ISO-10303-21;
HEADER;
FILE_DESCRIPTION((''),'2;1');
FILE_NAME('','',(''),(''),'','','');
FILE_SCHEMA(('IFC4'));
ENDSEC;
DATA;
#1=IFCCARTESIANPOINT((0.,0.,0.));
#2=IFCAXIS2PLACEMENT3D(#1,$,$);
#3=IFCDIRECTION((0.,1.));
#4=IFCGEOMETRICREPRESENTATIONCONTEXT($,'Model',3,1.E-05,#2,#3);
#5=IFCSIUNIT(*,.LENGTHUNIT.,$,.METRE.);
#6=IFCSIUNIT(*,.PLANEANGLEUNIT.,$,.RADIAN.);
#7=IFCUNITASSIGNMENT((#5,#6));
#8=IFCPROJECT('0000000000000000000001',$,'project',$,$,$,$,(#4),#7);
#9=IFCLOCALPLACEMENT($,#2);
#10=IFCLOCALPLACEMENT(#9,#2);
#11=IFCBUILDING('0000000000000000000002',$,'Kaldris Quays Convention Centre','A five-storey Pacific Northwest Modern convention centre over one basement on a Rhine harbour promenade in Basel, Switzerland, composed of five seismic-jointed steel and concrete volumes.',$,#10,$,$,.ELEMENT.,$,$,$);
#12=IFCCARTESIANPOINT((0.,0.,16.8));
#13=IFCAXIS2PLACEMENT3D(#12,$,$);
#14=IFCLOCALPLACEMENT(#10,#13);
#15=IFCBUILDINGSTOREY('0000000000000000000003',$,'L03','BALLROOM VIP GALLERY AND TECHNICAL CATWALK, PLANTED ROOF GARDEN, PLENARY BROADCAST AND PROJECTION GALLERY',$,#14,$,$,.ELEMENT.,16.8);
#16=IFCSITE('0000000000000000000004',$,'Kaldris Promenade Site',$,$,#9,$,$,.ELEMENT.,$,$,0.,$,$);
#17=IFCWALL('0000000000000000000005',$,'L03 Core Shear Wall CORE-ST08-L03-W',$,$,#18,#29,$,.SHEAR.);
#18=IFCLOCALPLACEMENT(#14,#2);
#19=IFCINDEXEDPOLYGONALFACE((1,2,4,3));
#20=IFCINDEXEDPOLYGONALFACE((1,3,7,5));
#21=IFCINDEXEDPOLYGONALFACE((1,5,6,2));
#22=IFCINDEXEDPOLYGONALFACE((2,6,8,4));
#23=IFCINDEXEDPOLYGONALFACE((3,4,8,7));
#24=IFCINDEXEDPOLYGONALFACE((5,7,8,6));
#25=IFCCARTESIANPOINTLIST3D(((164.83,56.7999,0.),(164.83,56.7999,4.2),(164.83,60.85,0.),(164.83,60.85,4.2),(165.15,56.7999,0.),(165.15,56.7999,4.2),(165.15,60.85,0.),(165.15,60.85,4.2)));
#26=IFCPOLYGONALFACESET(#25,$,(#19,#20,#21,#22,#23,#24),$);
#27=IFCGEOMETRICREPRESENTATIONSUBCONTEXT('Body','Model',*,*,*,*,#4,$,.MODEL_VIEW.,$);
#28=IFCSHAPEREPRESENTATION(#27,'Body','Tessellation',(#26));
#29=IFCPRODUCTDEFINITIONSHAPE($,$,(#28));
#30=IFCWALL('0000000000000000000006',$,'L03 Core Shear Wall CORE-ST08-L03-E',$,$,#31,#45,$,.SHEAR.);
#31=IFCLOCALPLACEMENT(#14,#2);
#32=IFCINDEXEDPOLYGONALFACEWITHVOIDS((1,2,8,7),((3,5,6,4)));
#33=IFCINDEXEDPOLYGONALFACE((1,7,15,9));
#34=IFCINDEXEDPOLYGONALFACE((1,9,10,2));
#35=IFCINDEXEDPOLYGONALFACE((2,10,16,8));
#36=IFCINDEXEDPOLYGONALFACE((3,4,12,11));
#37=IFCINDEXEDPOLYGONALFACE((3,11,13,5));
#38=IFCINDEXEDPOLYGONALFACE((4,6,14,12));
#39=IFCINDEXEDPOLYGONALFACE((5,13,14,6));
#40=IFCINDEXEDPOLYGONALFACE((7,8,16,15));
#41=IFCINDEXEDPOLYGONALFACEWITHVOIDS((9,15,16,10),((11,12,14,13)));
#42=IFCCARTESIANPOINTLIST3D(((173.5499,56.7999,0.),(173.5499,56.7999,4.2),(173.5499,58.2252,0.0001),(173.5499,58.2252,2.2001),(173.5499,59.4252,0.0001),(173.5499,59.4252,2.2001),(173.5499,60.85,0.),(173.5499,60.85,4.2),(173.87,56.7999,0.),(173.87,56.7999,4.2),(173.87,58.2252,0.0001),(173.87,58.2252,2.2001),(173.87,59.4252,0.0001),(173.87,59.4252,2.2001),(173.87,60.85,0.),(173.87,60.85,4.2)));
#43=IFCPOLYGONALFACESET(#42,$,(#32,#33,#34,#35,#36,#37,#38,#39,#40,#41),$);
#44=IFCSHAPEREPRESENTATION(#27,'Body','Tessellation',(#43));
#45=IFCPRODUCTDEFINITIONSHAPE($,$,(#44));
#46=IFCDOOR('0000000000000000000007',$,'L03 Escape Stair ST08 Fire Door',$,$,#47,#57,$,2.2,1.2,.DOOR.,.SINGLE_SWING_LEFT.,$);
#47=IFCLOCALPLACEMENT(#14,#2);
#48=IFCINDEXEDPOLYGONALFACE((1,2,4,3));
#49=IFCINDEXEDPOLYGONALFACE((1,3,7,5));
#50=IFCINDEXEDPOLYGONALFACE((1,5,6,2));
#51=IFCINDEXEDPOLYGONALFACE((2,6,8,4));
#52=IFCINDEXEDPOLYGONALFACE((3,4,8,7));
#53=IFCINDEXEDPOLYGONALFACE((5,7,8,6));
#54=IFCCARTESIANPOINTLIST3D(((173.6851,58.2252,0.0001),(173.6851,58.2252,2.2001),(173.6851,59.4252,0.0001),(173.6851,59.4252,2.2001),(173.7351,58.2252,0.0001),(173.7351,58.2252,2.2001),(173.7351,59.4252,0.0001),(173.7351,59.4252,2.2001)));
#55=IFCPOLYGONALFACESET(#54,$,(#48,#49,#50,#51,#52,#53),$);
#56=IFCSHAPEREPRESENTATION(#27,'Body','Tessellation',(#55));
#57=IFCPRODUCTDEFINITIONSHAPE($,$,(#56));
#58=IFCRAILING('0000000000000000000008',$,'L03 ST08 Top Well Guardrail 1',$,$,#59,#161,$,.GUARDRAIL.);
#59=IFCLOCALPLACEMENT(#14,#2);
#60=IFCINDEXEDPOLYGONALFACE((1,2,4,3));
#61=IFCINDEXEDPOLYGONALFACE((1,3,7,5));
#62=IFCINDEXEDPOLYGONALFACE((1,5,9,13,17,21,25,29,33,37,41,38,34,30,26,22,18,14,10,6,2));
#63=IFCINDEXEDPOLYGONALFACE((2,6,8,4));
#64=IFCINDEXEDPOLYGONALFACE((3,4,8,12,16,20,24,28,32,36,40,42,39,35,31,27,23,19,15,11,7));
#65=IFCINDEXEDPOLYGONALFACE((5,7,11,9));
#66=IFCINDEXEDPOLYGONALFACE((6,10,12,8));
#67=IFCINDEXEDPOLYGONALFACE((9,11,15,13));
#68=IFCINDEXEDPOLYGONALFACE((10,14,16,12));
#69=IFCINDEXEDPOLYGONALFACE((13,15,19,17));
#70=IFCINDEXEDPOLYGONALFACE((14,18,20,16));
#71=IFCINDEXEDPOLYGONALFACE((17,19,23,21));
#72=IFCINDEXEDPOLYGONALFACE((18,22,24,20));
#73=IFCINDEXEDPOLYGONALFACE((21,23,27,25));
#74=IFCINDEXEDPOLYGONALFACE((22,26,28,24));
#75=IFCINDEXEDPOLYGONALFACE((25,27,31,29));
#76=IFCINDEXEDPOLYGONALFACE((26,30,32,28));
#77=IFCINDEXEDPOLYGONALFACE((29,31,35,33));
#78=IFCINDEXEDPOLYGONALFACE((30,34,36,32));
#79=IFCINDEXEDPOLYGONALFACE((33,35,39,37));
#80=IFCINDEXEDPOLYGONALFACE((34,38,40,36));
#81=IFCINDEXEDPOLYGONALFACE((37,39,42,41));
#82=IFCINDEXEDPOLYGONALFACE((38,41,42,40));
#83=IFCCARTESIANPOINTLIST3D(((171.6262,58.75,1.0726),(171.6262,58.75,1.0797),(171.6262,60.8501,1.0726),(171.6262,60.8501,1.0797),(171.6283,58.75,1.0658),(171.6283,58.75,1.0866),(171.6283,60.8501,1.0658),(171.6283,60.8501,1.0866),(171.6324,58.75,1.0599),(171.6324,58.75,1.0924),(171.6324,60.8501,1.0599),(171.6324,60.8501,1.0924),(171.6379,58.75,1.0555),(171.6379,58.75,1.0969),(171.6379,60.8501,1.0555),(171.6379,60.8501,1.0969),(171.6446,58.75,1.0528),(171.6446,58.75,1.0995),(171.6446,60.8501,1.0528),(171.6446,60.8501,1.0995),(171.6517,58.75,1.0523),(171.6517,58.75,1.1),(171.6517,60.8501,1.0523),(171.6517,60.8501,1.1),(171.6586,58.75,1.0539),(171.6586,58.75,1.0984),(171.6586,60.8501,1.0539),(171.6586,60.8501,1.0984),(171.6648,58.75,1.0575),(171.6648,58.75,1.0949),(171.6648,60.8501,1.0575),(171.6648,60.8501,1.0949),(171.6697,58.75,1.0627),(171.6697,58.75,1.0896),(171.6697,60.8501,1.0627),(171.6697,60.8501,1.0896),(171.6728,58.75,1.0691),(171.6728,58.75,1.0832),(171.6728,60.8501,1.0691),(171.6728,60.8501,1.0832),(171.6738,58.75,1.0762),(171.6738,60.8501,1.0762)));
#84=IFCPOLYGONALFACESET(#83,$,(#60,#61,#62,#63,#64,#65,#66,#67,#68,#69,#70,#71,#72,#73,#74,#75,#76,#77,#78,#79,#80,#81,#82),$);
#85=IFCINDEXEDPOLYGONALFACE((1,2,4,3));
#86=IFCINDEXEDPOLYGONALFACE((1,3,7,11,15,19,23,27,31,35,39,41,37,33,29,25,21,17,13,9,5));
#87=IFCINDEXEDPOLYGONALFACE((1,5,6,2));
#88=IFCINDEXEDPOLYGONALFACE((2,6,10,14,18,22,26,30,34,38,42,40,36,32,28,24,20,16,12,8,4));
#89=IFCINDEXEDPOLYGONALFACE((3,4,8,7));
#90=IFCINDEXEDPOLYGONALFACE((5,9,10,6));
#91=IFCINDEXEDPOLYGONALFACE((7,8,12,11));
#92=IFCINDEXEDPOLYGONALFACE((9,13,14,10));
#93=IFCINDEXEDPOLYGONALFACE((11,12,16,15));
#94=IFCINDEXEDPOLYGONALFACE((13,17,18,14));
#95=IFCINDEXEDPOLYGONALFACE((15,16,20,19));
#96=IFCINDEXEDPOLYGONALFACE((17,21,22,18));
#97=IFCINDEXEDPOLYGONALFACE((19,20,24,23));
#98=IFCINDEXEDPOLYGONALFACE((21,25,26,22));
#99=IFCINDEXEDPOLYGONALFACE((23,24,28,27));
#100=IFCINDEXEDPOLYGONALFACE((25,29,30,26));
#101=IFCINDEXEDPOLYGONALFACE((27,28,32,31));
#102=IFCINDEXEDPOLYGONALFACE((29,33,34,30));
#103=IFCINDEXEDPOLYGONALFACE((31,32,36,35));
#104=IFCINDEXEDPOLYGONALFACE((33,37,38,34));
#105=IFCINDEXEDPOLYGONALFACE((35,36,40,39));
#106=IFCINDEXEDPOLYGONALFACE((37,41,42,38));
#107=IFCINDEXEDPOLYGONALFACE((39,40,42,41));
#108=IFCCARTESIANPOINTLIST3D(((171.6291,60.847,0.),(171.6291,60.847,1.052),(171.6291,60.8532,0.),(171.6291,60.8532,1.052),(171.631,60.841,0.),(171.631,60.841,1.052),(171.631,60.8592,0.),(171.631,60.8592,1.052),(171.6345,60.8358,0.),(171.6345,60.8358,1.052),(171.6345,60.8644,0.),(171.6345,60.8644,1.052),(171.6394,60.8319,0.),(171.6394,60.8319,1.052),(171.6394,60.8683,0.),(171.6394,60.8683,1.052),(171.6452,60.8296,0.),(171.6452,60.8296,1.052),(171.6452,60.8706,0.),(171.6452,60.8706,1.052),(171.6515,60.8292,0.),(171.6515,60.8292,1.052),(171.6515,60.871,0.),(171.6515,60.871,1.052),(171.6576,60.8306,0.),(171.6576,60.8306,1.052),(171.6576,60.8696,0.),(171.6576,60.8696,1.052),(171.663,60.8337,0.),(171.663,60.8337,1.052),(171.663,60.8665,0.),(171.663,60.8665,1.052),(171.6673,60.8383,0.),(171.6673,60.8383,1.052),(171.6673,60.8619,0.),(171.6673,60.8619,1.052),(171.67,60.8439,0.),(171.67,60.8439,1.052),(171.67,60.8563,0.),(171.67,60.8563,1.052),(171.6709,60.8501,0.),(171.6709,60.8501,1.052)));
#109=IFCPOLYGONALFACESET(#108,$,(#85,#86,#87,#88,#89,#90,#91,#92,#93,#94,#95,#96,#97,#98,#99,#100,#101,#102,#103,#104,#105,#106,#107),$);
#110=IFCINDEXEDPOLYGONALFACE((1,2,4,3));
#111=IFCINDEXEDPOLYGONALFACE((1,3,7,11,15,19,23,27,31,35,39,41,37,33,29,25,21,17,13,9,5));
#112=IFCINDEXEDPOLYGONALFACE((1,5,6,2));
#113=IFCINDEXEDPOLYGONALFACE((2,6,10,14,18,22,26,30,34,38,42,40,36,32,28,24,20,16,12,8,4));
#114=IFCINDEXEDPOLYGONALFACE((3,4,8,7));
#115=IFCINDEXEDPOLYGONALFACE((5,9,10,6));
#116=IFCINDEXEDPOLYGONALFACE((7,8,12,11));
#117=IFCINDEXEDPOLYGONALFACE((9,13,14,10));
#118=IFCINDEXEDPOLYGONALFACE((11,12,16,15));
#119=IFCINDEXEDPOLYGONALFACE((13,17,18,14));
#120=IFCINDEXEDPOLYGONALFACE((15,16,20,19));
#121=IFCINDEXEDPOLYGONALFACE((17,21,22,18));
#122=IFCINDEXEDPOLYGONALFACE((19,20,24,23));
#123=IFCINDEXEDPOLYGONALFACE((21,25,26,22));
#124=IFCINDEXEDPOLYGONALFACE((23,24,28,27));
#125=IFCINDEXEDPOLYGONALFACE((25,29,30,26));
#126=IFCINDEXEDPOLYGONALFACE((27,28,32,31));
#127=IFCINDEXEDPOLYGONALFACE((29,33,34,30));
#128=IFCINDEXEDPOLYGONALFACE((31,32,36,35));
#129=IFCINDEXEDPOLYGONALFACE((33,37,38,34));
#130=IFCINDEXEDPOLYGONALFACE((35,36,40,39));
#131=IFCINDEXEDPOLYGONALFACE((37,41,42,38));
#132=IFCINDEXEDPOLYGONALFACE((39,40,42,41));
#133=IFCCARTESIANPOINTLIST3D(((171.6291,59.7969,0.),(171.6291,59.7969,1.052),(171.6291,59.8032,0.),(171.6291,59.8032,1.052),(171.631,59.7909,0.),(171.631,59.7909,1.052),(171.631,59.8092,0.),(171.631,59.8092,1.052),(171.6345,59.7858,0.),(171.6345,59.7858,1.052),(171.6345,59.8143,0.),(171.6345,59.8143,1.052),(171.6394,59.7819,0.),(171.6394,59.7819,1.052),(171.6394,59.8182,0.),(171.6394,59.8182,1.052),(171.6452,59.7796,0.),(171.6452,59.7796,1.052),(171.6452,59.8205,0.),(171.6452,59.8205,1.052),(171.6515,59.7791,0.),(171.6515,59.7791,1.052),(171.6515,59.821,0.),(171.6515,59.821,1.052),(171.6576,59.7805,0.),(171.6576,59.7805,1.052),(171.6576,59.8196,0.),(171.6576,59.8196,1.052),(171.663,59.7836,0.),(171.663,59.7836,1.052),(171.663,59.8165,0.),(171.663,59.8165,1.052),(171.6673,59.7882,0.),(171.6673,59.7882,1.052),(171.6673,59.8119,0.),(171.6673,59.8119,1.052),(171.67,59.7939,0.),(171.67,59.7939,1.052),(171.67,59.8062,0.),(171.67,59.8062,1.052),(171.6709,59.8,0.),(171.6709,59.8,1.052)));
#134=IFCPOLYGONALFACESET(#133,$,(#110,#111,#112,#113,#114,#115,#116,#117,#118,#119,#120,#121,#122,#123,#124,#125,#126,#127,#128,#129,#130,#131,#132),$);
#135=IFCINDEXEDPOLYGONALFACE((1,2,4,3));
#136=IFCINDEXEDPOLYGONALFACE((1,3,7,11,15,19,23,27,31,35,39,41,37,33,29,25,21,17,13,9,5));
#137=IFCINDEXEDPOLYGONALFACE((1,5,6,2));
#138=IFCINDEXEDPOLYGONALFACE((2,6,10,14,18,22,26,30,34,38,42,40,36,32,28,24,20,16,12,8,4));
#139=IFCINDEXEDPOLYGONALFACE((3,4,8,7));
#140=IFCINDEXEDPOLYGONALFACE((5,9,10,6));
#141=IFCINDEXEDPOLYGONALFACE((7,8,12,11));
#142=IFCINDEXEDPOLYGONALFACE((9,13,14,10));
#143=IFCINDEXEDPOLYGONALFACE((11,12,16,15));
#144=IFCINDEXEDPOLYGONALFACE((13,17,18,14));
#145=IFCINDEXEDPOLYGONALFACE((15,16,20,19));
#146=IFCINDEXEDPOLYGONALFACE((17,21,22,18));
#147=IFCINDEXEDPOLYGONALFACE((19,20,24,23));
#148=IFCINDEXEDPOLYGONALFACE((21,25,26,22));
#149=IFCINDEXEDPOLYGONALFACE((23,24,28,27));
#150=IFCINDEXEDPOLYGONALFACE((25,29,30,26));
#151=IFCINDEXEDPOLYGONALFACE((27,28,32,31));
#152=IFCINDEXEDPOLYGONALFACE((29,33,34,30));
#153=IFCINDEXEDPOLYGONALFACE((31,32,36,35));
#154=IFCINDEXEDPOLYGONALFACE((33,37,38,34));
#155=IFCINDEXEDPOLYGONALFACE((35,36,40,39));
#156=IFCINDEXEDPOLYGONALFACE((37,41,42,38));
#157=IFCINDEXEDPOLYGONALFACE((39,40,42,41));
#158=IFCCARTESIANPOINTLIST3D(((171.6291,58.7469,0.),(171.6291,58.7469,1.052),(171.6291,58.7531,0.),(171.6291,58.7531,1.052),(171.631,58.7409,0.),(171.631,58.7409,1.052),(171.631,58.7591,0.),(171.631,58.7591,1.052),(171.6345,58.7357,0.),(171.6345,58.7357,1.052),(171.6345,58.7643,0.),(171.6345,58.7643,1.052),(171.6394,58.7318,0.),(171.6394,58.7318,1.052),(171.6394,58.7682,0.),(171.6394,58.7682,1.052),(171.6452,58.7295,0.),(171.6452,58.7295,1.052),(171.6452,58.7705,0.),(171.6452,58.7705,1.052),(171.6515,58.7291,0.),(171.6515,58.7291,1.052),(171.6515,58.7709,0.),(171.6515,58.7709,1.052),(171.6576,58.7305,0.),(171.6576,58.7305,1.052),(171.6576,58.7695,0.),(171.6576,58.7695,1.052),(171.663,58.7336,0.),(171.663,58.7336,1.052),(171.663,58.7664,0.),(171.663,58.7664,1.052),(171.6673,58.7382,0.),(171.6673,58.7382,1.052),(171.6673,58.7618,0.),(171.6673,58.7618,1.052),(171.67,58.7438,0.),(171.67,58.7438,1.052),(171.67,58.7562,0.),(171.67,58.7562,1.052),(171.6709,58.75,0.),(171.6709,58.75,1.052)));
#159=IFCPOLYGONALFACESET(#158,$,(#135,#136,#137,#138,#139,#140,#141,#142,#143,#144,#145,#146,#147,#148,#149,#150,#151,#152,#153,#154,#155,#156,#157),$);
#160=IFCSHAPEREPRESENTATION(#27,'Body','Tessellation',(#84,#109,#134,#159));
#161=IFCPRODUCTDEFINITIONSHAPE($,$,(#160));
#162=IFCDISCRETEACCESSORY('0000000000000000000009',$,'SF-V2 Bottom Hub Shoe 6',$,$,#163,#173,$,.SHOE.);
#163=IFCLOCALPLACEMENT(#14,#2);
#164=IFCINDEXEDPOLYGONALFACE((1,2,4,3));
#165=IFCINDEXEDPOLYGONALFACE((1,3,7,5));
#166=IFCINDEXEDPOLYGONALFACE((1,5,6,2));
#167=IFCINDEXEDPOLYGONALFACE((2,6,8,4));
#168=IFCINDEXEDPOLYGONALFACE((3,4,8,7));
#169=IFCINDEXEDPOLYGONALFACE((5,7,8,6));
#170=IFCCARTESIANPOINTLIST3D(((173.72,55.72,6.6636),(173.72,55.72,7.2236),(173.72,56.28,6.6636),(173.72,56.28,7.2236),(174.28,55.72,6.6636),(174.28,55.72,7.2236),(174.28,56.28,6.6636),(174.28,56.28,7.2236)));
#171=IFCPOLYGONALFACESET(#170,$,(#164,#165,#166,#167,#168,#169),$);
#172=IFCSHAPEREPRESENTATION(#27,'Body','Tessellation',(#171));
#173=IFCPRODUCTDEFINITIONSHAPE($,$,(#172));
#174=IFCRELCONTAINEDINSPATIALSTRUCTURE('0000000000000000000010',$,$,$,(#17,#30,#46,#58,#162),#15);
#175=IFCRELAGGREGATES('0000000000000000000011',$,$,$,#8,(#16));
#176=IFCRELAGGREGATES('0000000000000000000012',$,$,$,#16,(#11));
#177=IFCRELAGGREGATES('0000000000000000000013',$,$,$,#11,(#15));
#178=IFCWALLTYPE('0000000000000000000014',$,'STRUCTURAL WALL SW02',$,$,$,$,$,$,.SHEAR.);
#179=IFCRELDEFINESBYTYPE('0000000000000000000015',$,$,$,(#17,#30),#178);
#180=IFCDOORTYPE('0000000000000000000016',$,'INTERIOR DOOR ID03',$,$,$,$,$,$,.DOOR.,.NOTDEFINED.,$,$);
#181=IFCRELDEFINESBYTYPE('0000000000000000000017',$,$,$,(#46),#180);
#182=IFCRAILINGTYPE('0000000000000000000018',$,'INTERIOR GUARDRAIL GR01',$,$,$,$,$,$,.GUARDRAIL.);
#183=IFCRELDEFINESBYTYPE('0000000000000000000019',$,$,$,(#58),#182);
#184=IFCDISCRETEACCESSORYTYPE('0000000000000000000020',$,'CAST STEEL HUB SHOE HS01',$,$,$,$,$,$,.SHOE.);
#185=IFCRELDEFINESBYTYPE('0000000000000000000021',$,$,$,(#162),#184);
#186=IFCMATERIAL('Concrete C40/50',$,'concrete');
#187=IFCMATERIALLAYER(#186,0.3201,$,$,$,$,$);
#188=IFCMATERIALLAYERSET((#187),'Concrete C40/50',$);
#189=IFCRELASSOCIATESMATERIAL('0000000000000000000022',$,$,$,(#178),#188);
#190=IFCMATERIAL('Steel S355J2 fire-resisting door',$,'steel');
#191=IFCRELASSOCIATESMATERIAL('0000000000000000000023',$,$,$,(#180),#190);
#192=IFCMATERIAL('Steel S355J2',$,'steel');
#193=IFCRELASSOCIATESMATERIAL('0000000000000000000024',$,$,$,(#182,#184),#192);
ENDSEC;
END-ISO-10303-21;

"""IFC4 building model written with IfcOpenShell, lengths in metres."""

from ifc_helpers import new_model, si_unit, direction, frame, frame_2d, origin, origin_2d, place, context, subcontext, project, spatial, rectangle, circle, extrude, material, layer, layer_set, type_object, element, fill, save


model = new_model("IFC4")

# Units and contexts
model_context = context("Model", 3, precision=1e-05, world=origin(), true_north=direction((0.0, 1.0)))
body_context = subcontext(model_context, "Body", "Model", "MODEL_VIEW")
ifc_project = project(units=[si_unit("LENGTHUNIT", "METRE"), si_unit("PLANEANGLEUNIT", "RADIAN")], contexts=[model_context])

# Site, building, storey
site_placement = place(None, origin())
site = spatial("IfcSite", under=ifc_project, at=site_placement, Name="Kaldris Promenade Site", CompositionType="ELEMENT", RefElevation=0.0)
building_placement = place(site_placement, origin())
building = spatial("IfcBuilding", under=site, at=building_placement, Name="Kaldris Quays Convention Centre", Description="A five-storey Pacific Northwest Modern convention centre over one basement on a Rhine harbour promenade in Basel, Switzerland, composed of five seismic-jointed steel and concrete volumes.", CompositionType="ELEMENT")
storey_placement = place(building_placement, frame((0.0, 0.0, 16.8)))
storey = spatial("IfcBuildingStorey", under=building, at=storey_placement, Name="L03", Description="BALLROOM VIP GALLERY AND TECHNICAL CATWALK, PLANTED ROOF GARDEN, PLENARY BROADCAST AND PROJECTION GALLERY", CompositionType="ELEMENT", Elevation=16.8)

# Shared definitions
ifc_material_1 = material(Name="Steel S355J2", Category="steel")

# Wall
ifc_material_2 = material(Name="Concrete C40/50", Category="concrete")
ifc_layer = layer(ifc_material_2, 0.3201)
ifc_layer_set = layer_set([ifc_layer], Name="Concrete C40/50")
wall_type = type_object("IfcWallType", Name="STRUCTURAL WALL SW02", PredefinedType="SHEAR", material=ifc_layer_set)
wall_1_placement = place(storey_placement, frame((164.99, 56.8, 0.0), z_axis=(0.0, 0.0, 1.0), x_axis=(0.0, 1.0, 0.0)))
element("IfcWall", 1, at=wall_1_placement, inside=storey, type_object=wall_type, Name="L03 Core Shear Wall CORE-ST08-L03-W", PredefinedType="SHEAR", context=body_context, shape_type="SweptSolid", body=[
    extrude(rectangle(XDim=4.05, YDim=0.3201, at=frame_2d((2.0249, 0.0))), origin(), (0.0, 0.0, 1.0), 4.2),
])

# Wall, opening, door
wall_2_placement = place(storey_placement, frame((173.71, 56.8, 0.0), z_axis=(0.0, 0.0, 1.0), x_axis=(0.0, 1.0, 0.0)))
wall_2 = element("IfcWall", 2, at=wall_2_placement, inside=storey, type_object=wall_type, Name="L03 Core Shear Wall CORE-ST08-L03-E", PredefinedType="SHEAR", context=body_context, shape_type="SweptSolid", body=[
    extrude(rectangle(XDim=4.05, YDim=0.3201, at=frame_2d((2.0249, 0.0))), origin(), (0.0, 0.0, 1.0), 4.2),
])
opening_placement = place(wall_2_placement, frame((1.425, 0.0, 0.0)))
opening = element("IfcOpeningElement", 3, at=opening_placement, cuts=wall_2, PredefinedType="OPENING", context=body_context, shape_type="SweptSolid", body=[
    extrude(rectangle(XDim=1.2, YDim=2.2, at=frame_2d((0.6001, 1.1001))), frame((0.0, 0.1699, 0.0), z_axis=(0.0, -1.0, 0.0), x_axis=(1.0, 0.0, 0.0)), (0.0, 0.0, 1.0), 0.3401),
])
ifc_material_3 = material(Name="Steel S355J2 fire-resisting door", Category="steel")
door_type = type_object("IfcDoorType", Name="INTERIOR DOOR ID03", OperationType="NOTDEFINED", PredefinedType="DOOR", material=ifc_material_3)
door_placement = place(opening_placement, origin())
door = element("IfcDoor", 4, at=door_placement, inside=storey, type_object=door_type, Name="L03 Escape Stair ST08 Fire Door", OperationType="SINGLE_SWING_LEFT", OverallHeight=2.2, OverallWidth=1.2, PredefinedType="DOOR", context=body_context, shape_type="SweptSolid", body=[
    extrude(rectangle(XDim=1.2, YDim=2.2, at=frame_2d((0.6001, 1.1001))), frame((0.0, 0.0249, 0.0), z_axis=(0.0, -1.0, 0.0), x_axis=(1.0, 0.0, 0.0)), (0.0, 0.0, 1.0), 0.05),
])
fill(opening, door)

# Railing
railing_type = type_object("IfcRailingType", Name="INTERIOR GUARDRAIL GR01", PredefinedType="GUARDRAIL", material=ifc_material_1)
railing_placement = place(storey_placement, frame((171.6499, 60.8501, 0.0)))
element("IfcRailing", 5, at=railing_placement, inside=storey, type_object=railing_type, Name="L03 ST08 Top Well Guardrail 1", PredefinedType="GUARDRAIL", context=body_context, shape_type="SweptSolid", body=[
    extrude(circle(Radius=0.0239, at=origin_2d()), frame((0.0, 0.0, 1.0762), z_axis=(0.0, -1.0, 0.0), x_axis=(1.0, 0.0, 0.0)), (0.0, 0.0, 1.0), 2.1001),
    extrude(circle(Radius=0.021, at=origin_2d()), origin(), (0.0, 0.0, 1.0), 1.052),
    extrude(circle(Radius=0.021, at=origin_2d()), frame((0.0, -1.05, 0.0)), (0.0, 0.0, 1.0), 1.052),
    extrude(circle(Radius=0.021, at=origin_2d()), frame((0.0, -2.1001, 0.0)), (0.0, 0.0, 1.0), 1.052),
])

# Discrete accessory
discrete_accessory_type = type_object("IfcDiscreteAccessoryType", Name="CAST STEEL HUB SHOE HS01", PredefinedType="SHOE", material=ifc_material_1)
discrete_accessory_placement = place(storey_placement, frame((174.0, 56.0, 6.6636), z_axis=(0.0, 0.0, 1.0), x_axis=(1.0, 0.0, 0.0)))
element("IfcDiscreteAccessory", 6, at=discrete_accessory_placement, inside=storey, type_object=discrete_accessory_type, Name="SF-V2 Bottom Hub Shoe 6", PredefinedType="SHOE", context=body_context, shape_type="SweptSolid", body=[
    extrude(rectangle(XDim=0.5601, YDim=0.5601, at=origin_2d()), origin(), (0.0, 0.0, 1.0), 0.5601),
])

save(model, "model.ifc")
